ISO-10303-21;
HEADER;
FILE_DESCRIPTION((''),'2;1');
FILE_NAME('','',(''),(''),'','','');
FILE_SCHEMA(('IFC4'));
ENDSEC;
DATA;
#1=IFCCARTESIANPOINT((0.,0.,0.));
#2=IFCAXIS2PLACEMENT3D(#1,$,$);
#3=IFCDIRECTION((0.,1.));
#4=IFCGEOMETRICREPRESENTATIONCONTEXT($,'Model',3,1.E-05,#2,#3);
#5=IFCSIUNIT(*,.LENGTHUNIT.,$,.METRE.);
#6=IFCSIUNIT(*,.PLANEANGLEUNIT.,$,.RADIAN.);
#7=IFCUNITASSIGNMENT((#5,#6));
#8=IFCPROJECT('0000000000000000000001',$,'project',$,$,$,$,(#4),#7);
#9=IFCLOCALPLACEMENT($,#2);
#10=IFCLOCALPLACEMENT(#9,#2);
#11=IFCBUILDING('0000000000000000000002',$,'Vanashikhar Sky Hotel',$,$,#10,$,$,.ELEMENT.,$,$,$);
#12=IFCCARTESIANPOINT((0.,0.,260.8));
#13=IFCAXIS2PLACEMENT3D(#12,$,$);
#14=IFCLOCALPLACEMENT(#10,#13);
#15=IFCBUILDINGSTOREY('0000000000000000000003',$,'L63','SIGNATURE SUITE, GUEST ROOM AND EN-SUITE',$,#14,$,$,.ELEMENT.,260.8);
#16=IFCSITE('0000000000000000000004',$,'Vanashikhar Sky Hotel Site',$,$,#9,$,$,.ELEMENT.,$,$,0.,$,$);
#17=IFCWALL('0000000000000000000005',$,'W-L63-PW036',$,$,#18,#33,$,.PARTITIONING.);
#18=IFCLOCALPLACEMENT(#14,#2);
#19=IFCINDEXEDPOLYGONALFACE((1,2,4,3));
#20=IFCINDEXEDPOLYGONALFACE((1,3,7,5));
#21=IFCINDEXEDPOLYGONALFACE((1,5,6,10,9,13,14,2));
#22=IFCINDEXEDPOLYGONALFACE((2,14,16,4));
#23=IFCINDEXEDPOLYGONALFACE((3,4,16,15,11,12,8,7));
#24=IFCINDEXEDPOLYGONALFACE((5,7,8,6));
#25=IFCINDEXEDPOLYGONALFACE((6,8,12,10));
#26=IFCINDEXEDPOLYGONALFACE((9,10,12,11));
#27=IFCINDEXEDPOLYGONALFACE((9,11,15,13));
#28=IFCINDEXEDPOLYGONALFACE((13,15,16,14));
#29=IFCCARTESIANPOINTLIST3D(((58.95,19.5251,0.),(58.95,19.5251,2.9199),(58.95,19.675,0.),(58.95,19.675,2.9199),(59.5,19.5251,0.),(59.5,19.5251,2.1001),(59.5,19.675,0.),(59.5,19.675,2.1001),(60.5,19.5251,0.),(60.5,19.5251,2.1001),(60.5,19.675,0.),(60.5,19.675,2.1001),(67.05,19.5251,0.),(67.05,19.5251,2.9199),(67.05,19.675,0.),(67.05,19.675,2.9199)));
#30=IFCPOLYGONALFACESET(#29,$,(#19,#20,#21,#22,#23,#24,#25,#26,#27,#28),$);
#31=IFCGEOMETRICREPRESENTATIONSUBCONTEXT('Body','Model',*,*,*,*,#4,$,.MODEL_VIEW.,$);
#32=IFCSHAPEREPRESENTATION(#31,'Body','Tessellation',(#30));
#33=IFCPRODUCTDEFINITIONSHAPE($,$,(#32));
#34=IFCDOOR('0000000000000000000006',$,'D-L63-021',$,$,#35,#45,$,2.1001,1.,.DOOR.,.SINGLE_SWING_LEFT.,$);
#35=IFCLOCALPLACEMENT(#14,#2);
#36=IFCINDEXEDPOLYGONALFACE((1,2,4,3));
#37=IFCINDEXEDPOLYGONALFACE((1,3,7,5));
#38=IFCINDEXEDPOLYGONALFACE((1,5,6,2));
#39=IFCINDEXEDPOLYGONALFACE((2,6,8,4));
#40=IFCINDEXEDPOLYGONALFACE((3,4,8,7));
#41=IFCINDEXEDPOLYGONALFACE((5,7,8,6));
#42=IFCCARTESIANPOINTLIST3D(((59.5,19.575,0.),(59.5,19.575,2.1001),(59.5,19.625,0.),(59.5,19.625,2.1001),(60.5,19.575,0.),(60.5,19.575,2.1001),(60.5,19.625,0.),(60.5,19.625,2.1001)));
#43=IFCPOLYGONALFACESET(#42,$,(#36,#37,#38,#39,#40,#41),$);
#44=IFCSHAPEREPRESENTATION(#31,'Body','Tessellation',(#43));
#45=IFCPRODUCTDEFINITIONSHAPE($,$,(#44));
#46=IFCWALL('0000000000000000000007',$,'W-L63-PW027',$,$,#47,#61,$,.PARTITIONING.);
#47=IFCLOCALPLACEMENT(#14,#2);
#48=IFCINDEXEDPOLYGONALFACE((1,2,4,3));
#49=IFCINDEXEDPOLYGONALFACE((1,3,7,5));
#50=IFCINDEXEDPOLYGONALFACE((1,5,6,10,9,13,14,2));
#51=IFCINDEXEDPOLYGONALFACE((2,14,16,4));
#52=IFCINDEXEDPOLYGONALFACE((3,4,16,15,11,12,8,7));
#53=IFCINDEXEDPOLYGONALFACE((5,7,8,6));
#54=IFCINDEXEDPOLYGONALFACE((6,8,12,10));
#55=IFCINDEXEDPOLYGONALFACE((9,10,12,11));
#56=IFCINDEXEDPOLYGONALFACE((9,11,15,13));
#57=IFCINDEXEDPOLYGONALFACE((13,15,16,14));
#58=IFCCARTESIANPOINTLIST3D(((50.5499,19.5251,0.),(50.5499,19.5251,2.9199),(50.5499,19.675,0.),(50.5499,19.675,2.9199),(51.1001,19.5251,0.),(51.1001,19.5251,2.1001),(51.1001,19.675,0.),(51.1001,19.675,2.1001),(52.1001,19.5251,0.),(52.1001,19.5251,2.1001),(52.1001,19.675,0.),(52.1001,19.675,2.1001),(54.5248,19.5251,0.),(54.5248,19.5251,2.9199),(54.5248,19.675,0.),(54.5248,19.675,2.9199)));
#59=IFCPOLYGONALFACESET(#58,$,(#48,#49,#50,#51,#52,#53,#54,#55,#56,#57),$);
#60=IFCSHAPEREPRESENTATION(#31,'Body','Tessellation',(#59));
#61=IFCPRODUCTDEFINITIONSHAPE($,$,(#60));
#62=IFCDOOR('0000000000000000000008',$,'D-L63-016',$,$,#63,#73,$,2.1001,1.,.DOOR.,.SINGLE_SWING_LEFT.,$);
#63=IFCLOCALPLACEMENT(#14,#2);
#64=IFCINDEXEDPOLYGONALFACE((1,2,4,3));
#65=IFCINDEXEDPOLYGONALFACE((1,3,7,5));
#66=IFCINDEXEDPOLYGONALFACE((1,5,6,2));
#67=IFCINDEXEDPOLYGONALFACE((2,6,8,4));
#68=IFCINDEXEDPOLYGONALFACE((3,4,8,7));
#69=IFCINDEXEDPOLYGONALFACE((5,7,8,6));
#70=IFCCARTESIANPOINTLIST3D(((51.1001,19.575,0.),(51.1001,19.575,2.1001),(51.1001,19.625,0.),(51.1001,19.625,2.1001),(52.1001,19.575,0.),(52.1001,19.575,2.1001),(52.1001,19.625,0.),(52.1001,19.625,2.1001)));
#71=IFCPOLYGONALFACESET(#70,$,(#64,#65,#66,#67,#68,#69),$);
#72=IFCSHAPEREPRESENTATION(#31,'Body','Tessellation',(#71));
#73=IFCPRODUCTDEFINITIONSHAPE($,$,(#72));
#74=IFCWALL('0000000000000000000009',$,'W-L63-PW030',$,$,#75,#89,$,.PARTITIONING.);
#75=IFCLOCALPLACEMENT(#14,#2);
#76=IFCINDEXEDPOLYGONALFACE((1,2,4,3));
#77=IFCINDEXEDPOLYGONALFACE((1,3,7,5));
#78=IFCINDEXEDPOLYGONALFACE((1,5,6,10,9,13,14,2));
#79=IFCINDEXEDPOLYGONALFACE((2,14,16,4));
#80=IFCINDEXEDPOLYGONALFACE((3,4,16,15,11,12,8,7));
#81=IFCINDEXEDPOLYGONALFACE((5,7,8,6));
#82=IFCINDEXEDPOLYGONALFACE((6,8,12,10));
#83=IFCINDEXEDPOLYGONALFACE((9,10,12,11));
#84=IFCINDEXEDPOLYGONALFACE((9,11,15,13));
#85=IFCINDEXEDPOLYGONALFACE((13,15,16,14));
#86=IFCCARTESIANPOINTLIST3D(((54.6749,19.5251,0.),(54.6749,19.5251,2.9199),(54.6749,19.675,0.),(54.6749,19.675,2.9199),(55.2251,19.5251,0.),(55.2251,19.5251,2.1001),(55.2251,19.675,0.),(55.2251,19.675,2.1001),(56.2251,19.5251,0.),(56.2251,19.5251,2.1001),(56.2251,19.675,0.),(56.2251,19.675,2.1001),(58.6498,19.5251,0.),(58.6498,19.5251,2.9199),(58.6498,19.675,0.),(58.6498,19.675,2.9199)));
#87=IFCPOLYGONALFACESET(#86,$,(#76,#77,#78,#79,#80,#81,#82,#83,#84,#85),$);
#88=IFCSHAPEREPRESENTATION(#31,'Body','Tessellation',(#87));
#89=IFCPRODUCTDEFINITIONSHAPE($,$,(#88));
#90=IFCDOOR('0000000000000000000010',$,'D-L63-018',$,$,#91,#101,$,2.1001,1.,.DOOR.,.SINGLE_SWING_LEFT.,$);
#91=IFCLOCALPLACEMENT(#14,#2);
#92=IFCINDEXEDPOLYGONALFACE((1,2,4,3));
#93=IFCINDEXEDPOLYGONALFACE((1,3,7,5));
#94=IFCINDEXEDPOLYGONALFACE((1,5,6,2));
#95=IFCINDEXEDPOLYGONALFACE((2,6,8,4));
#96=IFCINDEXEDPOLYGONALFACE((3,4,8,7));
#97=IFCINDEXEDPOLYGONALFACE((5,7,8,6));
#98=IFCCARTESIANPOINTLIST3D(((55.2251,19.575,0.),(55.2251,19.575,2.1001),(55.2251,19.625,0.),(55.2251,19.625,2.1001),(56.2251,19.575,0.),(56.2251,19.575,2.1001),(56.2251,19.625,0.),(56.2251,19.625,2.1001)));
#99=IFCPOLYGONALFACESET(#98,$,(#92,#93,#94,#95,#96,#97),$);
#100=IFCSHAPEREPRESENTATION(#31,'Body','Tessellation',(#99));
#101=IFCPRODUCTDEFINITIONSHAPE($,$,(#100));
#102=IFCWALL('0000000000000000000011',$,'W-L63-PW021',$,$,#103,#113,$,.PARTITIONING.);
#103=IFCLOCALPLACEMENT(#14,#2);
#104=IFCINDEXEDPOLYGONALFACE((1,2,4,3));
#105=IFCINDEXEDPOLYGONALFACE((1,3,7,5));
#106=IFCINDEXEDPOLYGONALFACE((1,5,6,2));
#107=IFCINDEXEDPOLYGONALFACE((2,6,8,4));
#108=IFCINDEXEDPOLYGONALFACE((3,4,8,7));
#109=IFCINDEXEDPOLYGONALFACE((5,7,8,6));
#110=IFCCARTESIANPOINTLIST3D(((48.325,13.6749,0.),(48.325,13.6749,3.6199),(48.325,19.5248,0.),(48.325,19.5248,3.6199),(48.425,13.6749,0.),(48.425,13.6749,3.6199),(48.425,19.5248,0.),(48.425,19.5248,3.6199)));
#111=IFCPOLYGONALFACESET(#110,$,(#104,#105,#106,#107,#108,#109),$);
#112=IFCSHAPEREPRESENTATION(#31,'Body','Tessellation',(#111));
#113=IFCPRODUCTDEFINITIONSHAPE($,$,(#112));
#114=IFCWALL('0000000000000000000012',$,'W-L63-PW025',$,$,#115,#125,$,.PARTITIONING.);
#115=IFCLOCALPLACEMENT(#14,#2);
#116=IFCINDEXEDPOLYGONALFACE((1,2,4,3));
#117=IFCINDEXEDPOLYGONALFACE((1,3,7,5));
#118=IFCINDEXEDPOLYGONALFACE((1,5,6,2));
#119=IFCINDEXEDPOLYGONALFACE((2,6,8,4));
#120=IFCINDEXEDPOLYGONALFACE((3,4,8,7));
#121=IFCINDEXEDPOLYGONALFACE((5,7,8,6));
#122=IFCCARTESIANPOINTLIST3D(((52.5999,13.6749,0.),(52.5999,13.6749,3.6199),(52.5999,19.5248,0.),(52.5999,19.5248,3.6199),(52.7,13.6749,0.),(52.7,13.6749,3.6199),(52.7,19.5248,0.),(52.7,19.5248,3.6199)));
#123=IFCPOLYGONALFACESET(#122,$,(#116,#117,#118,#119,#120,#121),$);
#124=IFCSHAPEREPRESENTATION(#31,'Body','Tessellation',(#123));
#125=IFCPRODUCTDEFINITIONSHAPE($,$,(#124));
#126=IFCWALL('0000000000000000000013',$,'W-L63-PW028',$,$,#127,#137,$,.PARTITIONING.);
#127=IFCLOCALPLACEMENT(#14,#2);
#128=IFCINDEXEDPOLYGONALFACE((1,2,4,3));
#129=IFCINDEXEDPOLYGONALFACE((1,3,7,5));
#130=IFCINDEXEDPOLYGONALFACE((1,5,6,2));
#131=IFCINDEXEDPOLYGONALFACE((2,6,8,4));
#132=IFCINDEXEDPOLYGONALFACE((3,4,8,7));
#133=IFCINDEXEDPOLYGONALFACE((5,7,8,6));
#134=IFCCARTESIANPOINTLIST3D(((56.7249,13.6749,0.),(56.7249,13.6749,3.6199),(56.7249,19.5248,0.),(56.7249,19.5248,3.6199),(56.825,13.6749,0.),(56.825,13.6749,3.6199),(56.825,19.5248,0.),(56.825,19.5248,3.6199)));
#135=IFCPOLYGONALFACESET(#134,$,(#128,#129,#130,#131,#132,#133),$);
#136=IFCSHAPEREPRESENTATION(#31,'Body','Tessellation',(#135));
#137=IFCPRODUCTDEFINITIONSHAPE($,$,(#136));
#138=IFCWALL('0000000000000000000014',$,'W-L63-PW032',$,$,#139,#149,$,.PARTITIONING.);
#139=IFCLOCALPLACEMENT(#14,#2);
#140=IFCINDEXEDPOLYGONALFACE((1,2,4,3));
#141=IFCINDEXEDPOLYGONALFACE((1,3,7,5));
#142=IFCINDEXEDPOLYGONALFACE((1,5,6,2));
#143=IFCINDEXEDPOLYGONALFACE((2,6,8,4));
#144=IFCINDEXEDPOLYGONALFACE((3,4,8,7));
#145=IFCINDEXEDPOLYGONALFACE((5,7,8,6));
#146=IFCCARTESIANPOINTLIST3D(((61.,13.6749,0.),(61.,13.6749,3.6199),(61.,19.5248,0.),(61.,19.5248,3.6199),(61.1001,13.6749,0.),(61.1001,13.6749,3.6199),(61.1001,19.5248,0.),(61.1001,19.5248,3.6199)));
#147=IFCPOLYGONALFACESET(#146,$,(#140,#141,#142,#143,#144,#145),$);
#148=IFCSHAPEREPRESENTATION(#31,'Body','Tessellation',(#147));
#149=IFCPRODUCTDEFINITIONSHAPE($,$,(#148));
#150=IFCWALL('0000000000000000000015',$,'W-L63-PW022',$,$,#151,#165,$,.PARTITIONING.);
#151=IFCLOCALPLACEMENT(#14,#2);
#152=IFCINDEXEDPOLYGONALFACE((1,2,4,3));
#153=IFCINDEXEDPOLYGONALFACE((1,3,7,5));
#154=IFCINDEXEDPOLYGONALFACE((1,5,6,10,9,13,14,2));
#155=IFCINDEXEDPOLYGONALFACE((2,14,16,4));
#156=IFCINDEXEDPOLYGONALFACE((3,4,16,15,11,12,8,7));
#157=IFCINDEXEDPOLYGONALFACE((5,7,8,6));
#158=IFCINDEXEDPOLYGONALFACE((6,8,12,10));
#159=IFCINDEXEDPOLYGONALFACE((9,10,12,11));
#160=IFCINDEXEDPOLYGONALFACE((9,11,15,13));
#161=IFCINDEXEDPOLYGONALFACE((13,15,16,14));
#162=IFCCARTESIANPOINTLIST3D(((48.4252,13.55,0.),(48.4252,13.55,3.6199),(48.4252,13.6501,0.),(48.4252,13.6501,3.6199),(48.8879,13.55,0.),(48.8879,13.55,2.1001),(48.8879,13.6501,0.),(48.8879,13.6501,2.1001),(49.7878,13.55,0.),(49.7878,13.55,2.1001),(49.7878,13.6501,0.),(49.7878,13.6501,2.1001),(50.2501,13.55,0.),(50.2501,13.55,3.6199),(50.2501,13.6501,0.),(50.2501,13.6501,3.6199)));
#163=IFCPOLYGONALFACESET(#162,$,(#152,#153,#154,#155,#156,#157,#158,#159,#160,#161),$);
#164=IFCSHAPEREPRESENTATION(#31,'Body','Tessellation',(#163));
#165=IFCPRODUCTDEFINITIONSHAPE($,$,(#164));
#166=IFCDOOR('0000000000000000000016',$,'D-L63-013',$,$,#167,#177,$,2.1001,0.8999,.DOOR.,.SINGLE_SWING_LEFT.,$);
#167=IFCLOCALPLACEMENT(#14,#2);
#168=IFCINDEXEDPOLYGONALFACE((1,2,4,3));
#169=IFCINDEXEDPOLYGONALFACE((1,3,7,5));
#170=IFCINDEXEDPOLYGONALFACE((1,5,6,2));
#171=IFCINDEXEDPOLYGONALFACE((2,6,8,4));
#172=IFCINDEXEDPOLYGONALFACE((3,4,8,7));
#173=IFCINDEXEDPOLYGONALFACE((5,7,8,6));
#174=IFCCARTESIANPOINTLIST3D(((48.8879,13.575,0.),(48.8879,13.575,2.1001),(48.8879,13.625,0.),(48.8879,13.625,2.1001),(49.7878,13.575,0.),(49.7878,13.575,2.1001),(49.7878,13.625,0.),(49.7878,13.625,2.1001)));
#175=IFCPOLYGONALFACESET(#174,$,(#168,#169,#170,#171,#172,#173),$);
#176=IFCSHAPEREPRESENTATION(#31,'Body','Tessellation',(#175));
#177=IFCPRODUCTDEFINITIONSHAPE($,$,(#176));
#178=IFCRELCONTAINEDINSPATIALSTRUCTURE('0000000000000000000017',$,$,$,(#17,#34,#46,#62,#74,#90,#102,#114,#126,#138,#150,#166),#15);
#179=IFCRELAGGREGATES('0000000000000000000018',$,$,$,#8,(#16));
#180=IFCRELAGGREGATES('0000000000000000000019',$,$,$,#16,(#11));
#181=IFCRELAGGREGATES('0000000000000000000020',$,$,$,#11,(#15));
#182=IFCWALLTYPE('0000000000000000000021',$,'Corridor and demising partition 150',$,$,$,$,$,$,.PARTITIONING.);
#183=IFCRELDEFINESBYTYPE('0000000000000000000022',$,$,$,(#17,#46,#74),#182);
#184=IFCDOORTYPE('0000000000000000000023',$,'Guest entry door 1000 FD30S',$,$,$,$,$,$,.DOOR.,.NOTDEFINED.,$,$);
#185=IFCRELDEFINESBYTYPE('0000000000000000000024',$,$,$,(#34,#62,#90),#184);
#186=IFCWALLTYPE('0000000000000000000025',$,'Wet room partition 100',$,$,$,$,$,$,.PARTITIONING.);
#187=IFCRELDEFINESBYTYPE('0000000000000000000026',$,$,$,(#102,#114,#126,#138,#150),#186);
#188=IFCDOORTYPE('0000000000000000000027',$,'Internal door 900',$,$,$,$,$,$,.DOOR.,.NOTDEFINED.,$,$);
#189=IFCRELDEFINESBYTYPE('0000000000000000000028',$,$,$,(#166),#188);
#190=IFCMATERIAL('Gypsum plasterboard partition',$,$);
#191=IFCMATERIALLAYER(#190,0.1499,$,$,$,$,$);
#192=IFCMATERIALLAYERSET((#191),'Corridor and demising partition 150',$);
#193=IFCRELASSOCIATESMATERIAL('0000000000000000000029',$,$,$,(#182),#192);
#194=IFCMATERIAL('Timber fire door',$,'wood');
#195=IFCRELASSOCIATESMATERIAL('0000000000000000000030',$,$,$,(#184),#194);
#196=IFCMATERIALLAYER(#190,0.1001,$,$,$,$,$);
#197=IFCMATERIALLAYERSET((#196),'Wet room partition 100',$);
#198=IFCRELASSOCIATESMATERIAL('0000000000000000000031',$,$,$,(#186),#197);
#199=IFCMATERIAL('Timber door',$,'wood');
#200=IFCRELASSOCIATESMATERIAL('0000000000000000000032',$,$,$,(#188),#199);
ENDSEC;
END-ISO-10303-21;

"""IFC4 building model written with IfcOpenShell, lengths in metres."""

from ifc_helpers import new_model, si_unit, direction, frame, frame_2d, origin, place, context, subcontext, project, spatial, rectangle, extrude, source, transform, mapped, material, layer, layer_set, type_object, element, fill, save


model = new_model("IFC4")

# Units and contexts
model_context = context("Model", 3, precision=1e-05, world=origin(), true_north=direction((0.0, 1.0)))
body_context = subcontext(model_context, "Body", "Model", "MODEL_VIEW")
ifc_project = project(units=[si_unit("LENGTHUNIT", "METRE"), si_unit("PLANEANGLEUNIT", "RADIAN")], contexts=[model_context])

# Site, building, storey
site_placement = place(None, origin())
site = spatial("IfcSite", under=ifc_project, at=site_placement, Name="Vanashikhar Sky Hotel Site", CompositionType="ELEMENT", RefElevation=0.0)
building_placement = place(site_placement, origin())
building = spatial("IfcBuilding", under=site, at=building_placement, Name="Vanashikhar Sky Hotel", CompositionType="ELEMENT")
storey_placement = place(building_placement, frame((0.0, 0.0, 260.8)))
storey = spatial("IfcBuildingStorey", under=building, at=storey_placement, Name="L63", Description="SIGNATURE SUITE, GUEST ROOM AND EN-SUITE", CompositionType="ELEMENT", Elevation=260.8)

# Walls, openings, doors
ifc_material_1 = material(Name="Gypsum plasterboard partition")
ifc_layer_1 = layer(ifc_material_1, 0.1499)
ifc_layer_set_1 = layer_set([ifc_layer_1], Name="Corridor and demising partition 150")
wall_type_1 = type_object("IfcWallType", Name="Corridor and demising partition 150", PredefinedType="PARTITIONING", material=ifc_layer_set_1)
shared_shape_1 = source(origin(), body_context, "Body", "SweptSolid", [
    extrude(rectangle(XDim=1.0, YDim=2.1001, at=frame_2d((0.5, 1.05))), frame((0.0, 0.085, 0.0), z_axis=(0.0, -1.0, 0.0), x_axis=(1.0, 0.0, 0.0)), (0.0, 0.0, 1.0), 0.1699),
])
ifc_material_2 = material(Name="Timber fire door", Category="wood")
door_type_1 = type_object("IfcDoorType", Name="Guest entry door 1000 FD30S", OperationType="NOTDEFINED", PredefinedType="DOOR", material=ifc_material_2)
shared_shape_2 = source(origin(), body_context, "Body", "SweptSolid", [
    extrude(rectangle(XDim=1.0, YDim=2.1001, at=frame_2d((0.5, 1.05))), frame((0.0, 0.0249, 0.0), z_axis=(0.0, -1.0, 0.0), x_axis=(1.0, 0.0, 0.0)), (0.0, 0.0, 1.0), 0.05),
])
shared_shape_3 = source(origin(), body_context, "Body", "SweptSolid", [
    extrude(rectangle(XDim=8.1001, YDim=0.1499, at=frame_2d((4.05, 0.0))), origin(), (0.0, 0.0, 1.0), 2.9199),
])
wall_1_placement = place(storey_placement, frame((58.95, 19.6001, 0.0), z_axis=(0.0, 0.0, 1.0), x_axis=(1.0, 0.0, 0.0)))
wall_1 = element("IfcWall", 1, at=wall_1_placement, inside=storey, type_object=wall_type_1, Name="W-L63-PW036", PredefinedType="PARTITIONING", context=body_context, shape_type="MappedRepresentation", body=[
    mapped(shared_shape_3, transform((0.0, 0.0, 0.0), scale=1.0)),
])
opening_1_placement = place(wall_1_placement, frame((0.55, 0.0, 0.0)))
opening_1 = element("IfcOpeningElement", 2, at=opening_1_placement, cuts=wall_1, PredefinedType="OPENING", context=body_context, shape_type="MappedRepresentation", body=[
    mapped(shared_shape_1, transform((0.0, 0.0, 0.0), scale=1.0)),
])
door_1_placement = place(opening_1_placement, origin())
door_1 = element("IfcDoor", 3, at=door_1_placement, inside=storey, type_object=door_type_1, Name="D-L63-021", OperationType="SINGLE_SWING_LEFT", OverallHeight=2.1001, OverallWidth=1.0, PredefinedType="DOOR", context=body_context, shape_type="MappedRepresentation", body=[
    mapped(shared_shape_2, transform((0.0, 0.0, 0.0), scale=1.0)),
])
fill(opening_1, door_1)
shared_shape_4 = source(origin(), body_context, "Body", "SweptSolid", [
    extrude(rectangle(XDim=3.9749, YDim=0.1499, at=frame_2d((1.9873, 0.0))), origin(), (0.0, 0.0, 1.0), 2.9199),
])
wall_2_placement = place(storey_placement, frame((50.55, 19.6001, 0.0), z_axis=(0.0, 0.0, 1.0), x_axis=(1.0, 0.0, 0.0)))
wall_2 = element("IfcWall", 4, at=wall_2_placement, inside=storey, type_object=wall_type_1, Name="W-L63-PW027", PredefinedType="PARTITIONING", context=body_context, shape_type="MappedRepresentation", body=[
    mapped(shared_shape_4, transform((0.0, 0.0, 0.0), scale=1.0)),
])
opening_2_placement = place(wall_2_placement, frame((0.55, 0.0, 0.0)))
opening_2 = element("IfcOpeningElement", 5, at=opening_2_placement, cuts=wall_2, PredefinedType="OPENING", context=body_context, shape_type="MappedRepresentation", body=[
    mapped(shared_shape_1, transform((0.0, 0.0, 0.0), scale=1.0)),
])
door_2_placement = place(opening_2_placement, origin())
door_2 = element("IfcDoor", 6, at=door_2_placement, inside=storey, type_object=door_type_1, Name="D-L63-016", OperationType="SINGLE_SWING_LEFT", OverallHeight=2.1001, OverallWidth=1.0, PredefinedType="DOOR", context=body_context, shape_type="MappedRepresentation", body=[
    mapped(shared_shape_2, transform((0.0, 0.0, 0.0), scale=1.0)),
])
fill(opening_2, door_2)
wall_3_placement = place(storey_placement, frame((54.675, 19.6001, 0.0), z_axis=(0.0, 0.0, 1.0), x_axis=(1.0, 0.0, 0.0)))
wall_3 = element("IfcWall", 7, at=wall_3_placement, inside=storey, type_object=wall_type_1, Name="W-L63-PW030", PredefinedType="PARTITIONING", context=body_context, shape_type="MappedRepresentation", body=[
    mapped(shared_shape_4, transform((0.0, 0.0, 0.0), scale=1.0)),
])
opening_3_placement = place(wall_3_placement, frame((0.55, 0.0, 0.0)))
opening_3 = element("IfcOpeningElement", 8, at=opening_3_placement, cuts=wall_3, PredefinedType="OPENING", context=body_context, shape_type="MappedRepresentation", body=[
    mapped(shared_shape_1, transform((0.0, 0.0, 0.0), scale=1.0)),
])
door_3_placement = place(opening_3_placement, origin())
door_3 = element("IfcDoor", 9, at=door_3_placement, inside=storey, type_object=door_type_1, Name="D-L63-018", OperationType="SINGLE_SWING_LEFT", OverallHeight=2.1001, OverallWidth=1.0, PredefinedType="DOOR", context=body_context, shape_type="MappedRepresentation", body=[
    mapped(shared_shape_2, transform((0.0, 0.0, 0.0), scale=1.0)),
])
fill(opening_3, door_3)

# Walls
ifc_layer_2 = layer(ifc_material_1, 0.1001)
ifc_layer_set_2 = layer_set([ifc_layer_2], Name="Wet room partition 100")
wall_type_2 = type_object("IfcWallType", Name="Wet room partition 100", PredefinedType="PARTITIONING", material=ifc_layer_set_2)
shared_shape_5 = source(origin(), body_context, "Body", "SweptSolid", [
    extrude(rectangle(XDim=5.8499, YDim=0.1001, at=frame_2d((2.9248, 0.0))), origin(), (0.0, 0.0, 1.0), 3.6199),
])
for number, where, z_axis, x_axis, name in (
    (10, (48.375, 13.675, 0.0), (0.0, 0.0, 1.0), (0.0, 1.0, 0.0), "W-L63-PW021"),
    (11, (52.6499, 13.675, 0.0), (0.0, 0.0, 1.0), (0.0, 1.0, 0.0), "W-L63-PW025"),
    (12, (56.7749, 13.675, 0.0), (0.0, 0.0, 1.0), (0.0, 1.0, 0.0), "W-L63-PW028"),
    (13, (61.05, 13.675, 0.0), (0.0, 0.0, 1.0), (0.0, 1.0, 0.0), "W-L63-PW032"),
):
    element("IfcWall", number, at=place(storey_placement, frame(where, z_axis=z_axis, x_axis=x_axis)), inside=storey, type_object=wall_type_2, Name=name, PredefinedType="PARTITIONING", context=body_context, shape_type="MappedRepresentation", body=[
        mapped(shared_shape_5, transform((0.0, 0.0, 0.0), scale=1.0)),
    ])

# Wall, opening, door
shared_shape_6 = source(origin(), body_context, "Body", "SweptSolid", [
    extrude(rectangle(XDim=1.825, YDim=0.1001, at=frame_2d((0.9126, 0.0))), origin(), (0.0, 0.0, 1.0), 3.6199),
])
wall_4_placement = place(storey_placement, frame((48.425, 13.6001, 0.0), z_axis=(0.0, 0.0, 1.0), x_axis=(1.0, 0.0, 0.0)))
wall_4 = element("IfcWall", 14, at=wall_4_placement, inside=storey, type_object=wall_type_2, Name="W-L63-PW022", PredefinedType="PARTITIONING", context=body_context, shape_type="MappedRepresentation", body=[
    mapped(shared_shape_6, transform((0.0, 0.0, 0.0), scale=1.0)),
])
shared_shape_7 = source(origin(), body_context, "Body", "SweptSolid", [
    extrude(rectangle(XDim=0.8999, YDim=2.1001, at=frame_2d((0.45, 1.05))), frame((0.0, 0.0601, 0.0), z_axis=(0.0, -1.0, 0.0), x_axis=(1.0, 0.0, 0.0)), (0.0, 0.0, 1.0), 0.1201),
])
opening_4_placement = place(wall_4_placement, frame((0.4629, 0.0, 0.0)))
opening_4 = element("IfcOpeningElement", 15, at=opening_4_placement, cuts=wall_4, PredefinedType="OPENING", context=body_context, shape_type="MappedRepresentation", body=[
    mapped(shared_shape_7, transform((0.0, 0.0, 0.0), scale=1.0)),
])
ifc_material_3 = material(Name="Timber door", Category="wood")
door_type_2 = type_object("IfcDoorType", Name="Internal door 900", OperationType="NOTDEFINED", PredefinedType="DOOR", material=ifc_material_3)
shared_shape_8 = source(origin(), body_context, "Body", "SweptSolid", [
    extrude(rectangle(XDim=0.8999, YDim=2.1001, at=frame_2d((0.45, 1.05))), frame((0.0, 0.0249, 0.0), z_axis=(0.0, -1.0, 0.0), x_axis=(1.0, 0.0, 0.0)), (0.0, 0.0, 1.0), 0.05),
])
door_4_placement = place(opening_4_placement, origin())
door_4 = element("IfcDoor", 16, at=door_4_placement, inside=storey, type_object=door_type_2, Name="D-L63-013", OperationType="SINGLE_SWING_LEFT", OverallHeight=2.1001, OverallWidth=0.8999, PredefinedType="DOOR", context=body_context, shape_type="MappedRepresentation", body=[
    mapped(shared_shape_8, transform((0.0, 0.0, 0.0), scale=1.0)),
])
fill(opening_4, door_4)

save(model, "model.ifc")
